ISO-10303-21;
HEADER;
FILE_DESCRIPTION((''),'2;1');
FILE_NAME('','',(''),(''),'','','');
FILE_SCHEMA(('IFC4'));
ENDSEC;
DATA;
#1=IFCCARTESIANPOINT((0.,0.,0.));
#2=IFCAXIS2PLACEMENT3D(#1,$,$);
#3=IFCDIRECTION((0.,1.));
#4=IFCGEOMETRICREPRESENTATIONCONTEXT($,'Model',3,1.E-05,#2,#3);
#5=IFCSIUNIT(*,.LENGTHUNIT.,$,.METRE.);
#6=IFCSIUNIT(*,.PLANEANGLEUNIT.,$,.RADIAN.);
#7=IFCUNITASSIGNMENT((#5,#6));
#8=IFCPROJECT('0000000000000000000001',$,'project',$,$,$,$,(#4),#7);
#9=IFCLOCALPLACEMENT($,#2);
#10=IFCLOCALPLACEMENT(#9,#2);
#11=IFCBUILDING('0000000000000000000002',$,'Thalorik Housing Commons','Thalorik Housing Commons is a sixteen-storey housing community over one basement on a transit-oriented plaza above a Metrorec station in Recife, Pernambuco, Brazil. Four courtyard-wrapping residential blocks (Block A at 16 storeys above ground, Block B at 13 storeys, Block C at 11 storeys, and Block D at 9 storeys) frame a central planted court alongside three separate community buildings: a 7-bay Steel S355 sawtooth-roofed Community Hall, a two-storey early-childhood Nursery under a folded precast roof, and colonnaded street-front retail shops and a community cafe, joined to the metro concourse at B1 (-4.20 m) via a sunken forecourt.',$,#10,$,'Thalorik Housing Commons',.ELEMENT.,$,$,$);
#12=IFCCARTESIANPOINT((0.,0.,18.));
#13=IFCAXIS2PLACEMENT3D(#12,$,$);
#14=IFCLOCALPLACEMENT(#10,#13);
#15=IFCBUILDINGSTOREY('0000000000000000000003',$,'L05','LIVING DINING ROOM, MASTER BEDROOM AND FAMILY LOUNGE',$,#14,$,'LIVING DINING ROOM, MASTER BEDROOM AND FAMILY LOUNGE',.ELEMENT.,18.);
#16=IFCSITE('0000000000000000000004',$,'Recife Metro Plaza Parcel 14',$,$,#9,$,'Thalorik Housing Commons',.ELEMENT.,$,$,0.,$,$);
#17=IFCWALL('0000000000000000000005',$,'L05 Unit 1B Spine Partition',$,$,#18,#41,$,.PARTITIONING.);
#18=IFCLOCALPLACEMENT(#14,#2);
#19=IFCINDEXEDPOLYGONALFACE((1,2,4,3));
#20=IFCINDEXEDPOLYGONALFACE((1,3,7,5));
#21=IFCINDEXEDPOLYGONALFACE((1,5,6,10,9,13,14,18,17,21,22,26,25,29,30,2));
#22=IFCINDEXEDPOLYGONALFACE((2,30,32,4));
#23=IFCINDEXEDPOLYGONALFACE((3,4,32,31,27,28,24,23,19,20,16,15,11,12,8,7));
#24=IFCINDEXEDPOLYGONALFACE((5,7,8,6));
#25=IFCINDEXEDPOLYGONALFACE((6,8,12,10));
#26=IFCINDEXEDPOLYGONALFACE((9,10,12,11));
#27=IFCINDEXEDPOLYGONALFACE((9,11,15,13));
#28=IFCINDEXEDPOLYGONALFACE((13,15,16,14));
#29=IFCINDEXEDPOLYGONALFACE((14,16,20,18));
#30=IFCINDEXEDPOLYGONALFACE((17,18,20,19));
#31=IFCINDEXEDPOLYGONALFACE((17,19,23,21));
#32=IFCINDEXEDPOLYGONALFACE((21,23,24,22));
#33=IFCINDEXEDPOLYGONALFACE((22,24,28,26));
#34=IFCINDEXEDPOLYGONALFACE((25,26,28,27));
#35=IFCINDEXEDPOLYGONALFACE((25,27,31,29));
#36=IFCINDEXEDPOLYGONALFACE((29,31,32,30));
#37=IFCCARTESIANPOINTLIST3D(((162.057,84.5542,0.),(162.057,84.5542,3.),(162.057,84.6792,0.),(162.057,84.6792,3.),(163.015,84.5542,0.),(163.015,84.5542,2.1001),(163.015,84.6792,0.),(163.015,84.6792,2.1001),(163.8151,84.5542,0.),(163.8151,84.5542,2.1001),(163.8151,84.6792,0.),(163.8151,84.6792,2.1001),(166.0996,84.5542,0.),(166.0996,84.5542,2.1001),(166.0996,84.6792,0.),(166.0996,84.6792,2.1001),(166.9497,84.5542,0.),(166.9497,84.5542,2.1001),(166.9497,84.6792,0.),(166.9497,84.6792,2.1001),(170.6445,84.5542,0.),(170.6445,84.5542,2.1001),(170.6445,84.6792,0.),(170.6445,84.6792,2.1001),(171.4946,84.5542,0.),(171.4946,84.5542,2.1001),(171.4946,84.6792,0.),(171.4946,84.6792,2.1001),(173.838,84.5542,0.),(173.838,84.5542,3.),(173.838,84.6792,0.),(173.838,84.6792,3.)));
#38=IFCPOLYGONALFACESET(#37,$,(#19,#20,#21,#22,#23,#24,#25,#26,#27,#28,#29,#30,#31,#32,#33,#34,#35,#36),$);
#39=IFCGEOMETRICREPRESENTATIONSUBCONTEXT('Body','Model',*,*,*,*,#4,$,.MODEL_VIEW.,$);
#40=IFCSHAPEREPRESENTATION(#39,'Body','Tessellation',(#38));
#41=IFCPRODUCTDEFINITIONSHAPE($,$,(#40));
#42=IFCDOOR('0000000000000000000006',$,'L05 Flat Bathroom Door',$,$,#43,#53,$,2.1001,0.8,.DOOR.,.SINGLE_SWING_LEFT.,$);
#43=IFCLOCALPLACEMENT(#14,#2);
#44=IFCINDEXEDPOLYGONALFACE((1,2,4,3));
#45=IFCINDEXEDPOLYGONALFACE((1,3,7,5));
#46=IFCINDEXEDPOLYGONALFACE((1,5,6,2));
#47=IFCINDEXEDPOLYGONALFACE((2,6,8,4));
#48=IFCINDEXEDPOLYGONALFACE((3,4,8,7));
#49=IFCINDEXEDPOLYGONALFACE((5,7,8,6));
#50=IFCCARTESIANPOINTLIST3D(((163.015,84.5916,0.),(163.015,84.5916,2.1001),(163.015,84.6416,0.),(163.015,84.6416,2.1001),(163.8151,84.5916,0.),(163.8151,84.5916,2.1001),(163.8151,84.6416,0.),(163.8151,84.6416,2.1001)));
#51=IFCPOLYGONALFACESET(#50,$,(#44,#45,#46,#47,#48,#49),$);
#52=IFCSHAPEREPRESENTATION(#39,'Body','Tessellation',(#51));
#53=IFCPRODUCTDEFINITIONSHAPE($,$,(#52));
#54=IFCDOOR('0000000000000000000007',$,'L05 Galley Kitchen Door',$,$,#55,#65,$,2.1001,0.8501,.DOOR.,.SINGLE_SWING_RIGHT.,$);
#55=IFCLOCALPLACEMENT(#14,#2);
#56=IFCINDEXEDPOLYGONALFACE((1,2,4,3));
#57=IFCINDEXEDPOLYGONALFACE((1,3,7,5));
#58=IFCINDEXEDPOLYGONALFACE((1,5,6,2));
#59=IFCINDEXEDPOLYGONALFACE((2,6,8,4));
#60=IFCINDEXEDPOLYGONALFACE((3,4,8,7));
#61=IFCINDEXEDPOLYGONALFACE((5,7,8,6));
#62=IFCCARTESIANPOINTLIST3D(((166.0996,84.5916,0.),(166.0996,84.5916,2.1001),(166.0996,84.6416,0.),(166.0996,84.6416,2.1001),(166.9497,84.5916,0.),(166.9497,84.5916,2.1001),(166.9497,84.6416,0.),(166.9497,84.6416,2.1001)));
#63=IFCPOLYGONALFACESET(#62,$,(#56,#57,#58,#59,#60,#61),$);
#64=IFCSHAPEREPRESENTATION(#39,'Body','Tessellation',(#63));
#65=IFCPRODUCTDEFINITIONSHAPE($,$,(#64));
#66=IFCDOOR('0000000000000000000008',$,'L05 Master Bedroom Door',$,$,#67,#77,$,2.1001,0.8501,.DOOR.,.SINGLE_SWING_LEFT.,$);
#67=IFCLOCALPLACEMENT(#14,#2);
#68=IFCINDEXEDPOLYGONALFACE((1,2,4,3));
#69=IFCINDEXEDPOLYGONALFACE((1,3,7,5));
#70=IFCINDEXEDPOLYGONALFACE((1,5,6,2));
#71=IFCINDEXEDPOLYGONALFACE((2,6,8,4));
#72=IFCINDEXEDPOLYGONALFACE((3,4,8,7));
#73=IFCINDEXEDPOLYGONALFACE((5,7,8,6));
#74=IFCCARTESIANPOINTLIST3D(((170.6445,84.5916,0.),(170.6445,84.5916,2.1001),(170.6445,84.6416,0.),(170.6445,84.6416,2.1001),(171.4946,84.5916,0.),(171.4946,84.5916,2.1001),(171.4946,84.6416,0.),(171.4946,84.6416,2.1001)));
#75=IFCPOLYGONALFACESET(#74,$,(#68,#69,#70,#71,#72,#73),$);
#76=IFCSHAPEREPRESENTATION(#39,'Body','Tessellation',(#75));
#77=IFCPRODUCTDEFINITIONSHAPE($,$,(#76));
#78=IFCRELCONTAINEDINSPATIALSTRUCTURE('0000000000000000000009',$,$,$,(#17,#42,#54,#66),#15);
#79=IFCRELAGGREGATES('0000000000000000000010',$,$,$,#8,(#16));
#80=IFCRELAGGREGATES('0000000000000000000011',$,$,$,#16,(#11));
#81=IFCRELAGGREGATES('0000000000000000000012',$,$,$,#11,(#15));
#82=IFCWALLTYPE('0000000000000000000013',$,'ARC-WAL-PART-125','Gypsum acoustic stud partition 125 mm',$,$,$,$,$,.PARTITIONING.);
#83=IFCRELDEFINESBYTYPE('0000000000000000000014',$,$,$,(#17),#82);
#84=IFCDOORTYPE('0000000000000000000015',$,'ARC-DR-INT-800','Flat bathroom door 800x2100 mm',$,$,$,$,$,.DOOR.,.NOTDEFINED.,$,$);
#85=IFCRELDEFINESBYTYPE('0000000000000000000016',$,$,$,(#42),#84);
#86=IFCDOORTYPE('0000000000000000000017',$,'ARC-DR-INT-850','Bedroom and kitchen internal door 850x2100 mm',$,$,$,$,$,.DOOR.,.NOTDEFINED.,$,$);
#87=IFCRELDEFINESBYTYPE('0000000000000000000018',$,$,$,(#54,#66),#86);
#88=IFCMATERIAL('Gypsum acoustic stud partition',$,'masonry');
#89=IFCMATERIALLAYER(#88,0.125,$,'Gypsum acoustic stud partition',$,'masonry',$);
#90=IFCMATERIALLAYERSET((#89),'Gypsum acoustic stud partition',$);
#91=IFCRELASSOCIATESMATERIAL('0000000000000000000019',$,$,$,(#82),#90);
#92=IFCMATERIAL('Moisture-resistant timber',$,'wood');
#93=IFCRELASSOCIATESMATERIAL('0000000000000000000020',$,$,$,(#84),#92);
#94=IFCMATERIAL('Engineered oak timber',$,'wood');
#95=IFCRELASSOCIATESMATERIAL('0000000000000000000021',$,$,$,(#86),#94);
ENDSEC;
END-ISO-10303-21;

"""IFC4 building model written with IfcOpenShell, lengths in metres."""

from ifc_helpers import new_model, si_unit, direction, frame, frame_2d, origin, place, context, subcontext, project, spatial, rectangle, extrude, material, layer, layer_set, type_object, element, fill, save


model = new_model("IFC4")

# Units and contexts
model_context = context("Model", 3, precision=1e-05, world=origin(), true_north=direction((0.0, 1.0)))
body_context = subcontext(model_context, "Body", "Model", "MODEL_VIEW")
ifc_project = project(units=[si_unit("LENGTHUNIT", "METRE"), si_unit("PLANEANGLEUNIT", "RADIAN")], contexts=[model_context])

# Site, building, storey
site_placement = place(None, origin())
site = spatial("IfcSite", under=ifc_project, at=site_placement, Name="Recife Metro Plaza Parcel 14", LongName="Thalorik Housing Commons", CompositionType="ELEMENT", RefElevation=0.0)
building_placement = place(site_placement, origin())
building = spatial("IfcBuilding", under=site, at=building_placement, Name="Thalorik Housing Commons", Description="Thalorik Housing Commons is a sixteen-storey housing community over one basement on a transit-oriented plaza above a Metrorec station in Recife, Pernambuco, Brazil. Four courtyard-wrapping residential blocks (Block A at 16 storeys above ground, Block B at 13 storeys, Block C at 11 storeys, and Block D at 9 storeys) frame a central planted court alongside three separate community buildings: a 7-bay Steel S355 sawtooth-roofed Community Hall, a two-storey early-childhood Nursery under a folded precast roof, and colonnaded street-front retail shops and a community cafe, joined to the metro concourse at B1 (-4.20 m) via a sunken forecourt.", LongName="Thalorik Housing Commons", CompositionType="ELEMENT")
storey_placement = place(building_placement, frame((0.0, 0.0, 18.0)))
storey = spatial("IfcBuildingStorey", under=building, at=storey_placement, Name="L05", Description="LIVING DINING ROOM, MASTER BEDROOM AND FAMILY LOUNGE", LongName="LIVING DINING ROOM, MASTER BEDROOM AND FAMILY LOUNGE", CompositionType="ELEMENT", Elevation=18.0)

# Wall, openings, doors
ifc_material_1 = material(Name="Gypsum acoustic stud partition", Category="masonry")
ifc_layer_1 = layer(ifc_material_1, 0.125, Name="Gypsum acoustic stud partition", Category="masonry")
ifc_layer_set_1 = layer_set([ifc_layer_1], Name="Gypsum acoustic stud partition")
wall_type_1 = type_object("IfcWallType", Name="ARC-WAL-PART-125", Description="Gypsum acoustic stud partition 125 mm", PredefinedType="PARTITIONING", material=ifc_layer_set_1)
wall_1_placement = place(storey_placement, frame((162.0569, 84.6167, 0.0), z_axis=(0.0, 0.0, 1.0), x_axis=(1.0, 0.0, 0.0)))
wall_1 = element("IfcWall", 1, at=wall_1_placement, inside=storey, type_object=wall_type_1, Name="L05 Unit 1B Spine Partition", PredefinedType="PARTITIONING", context=body_context, shape_type="SweptSolid", body=[
    extrude(rectangle(XDim=11.781, YDim=0.125, at=frame_2d((5.8906, 0.0))), origin(), (0.0, 0.0, 1.0), 3.0),
])
opening_1_placement = place(wall_1_placement, frame((0.9583, 0.0, 0.0)))
opening_1 = element("IfcOpeningElement", 2, at=opening_1_placement, cuts=wall_1, PredefinedType="OPENING", context=body_context, shape_type="SweptSolid", body=[
    extrude(rectangle(XDim=0.8, YDim=2.1001, at=frame_2d((0.3999, 1.05))), frame((0.0, 0.0725, 0.0), z_axis=(0.0, -1.0, 0.0), x_axis=(1.0, 0.0, 0.0)), (0.0, 0.0, 1.0), 0.145),
])
opening_2_placement = place(wall_1_placement, frame((4.0427, 0.0, 0.0)))
opening_2 = element("IfcOpeningElement", 3, at=opening_2_placement, cuts=wall_1, PredefinedType="OPENING", context=body_context, shape_type="SweptSolid", body=[
    extrude(rectangle(XDim=0.8501, YDim=2.1001, at=frame_2d((0.425, 1.05))), frame((0.0, 0.0725, 0.0), z_axis=(0.0, -1.0, 0.0), x_axis=(1.0, 0.0, 0.0)), (0.0, 0.0, 1.0), 0.145),
])
opening_3_placement = place(wall_1_placement, frame((8.5876, 0.0, 0.0)))
opening_3 = element("IfcOpeningElement", 4, at=opening_3_placement, cuts=wall_1, PredefinedType="OPENING", context=body_context, shape_type="SweptSolid", body=[
    extrude(rectangle(XDim=0.8501, YDim=2.1001, at=frame_2d((0.425, 1.05))), frame((0.0, 0.0725, 0.0), z_axis=(0.0, -1.0, 0.0), x_axis=(1.0, 0.0, 0.0)), (0.0, 0.0, 1.0), 0.145),
])
ifc_material_2 = material(Name="Moisture-resistant timber", Category="wood")
door_type_1 = type_object("IfcDoorType", Name="ARC-DR-INT-800", Description="Flat bathroom door 800x2100 mm", OperationType="NOTDEFINED", PredefinedType="DOOR", material=ifc_material_2)
door_1_placement = place(opening_1_placement, origin())
door_1 = element("IfcDoor", 5, at=door_1_placement, inside=storey, type_object=door_type_1, Name="L05 Flat Bathroom Door", OperationType="SINGLE_SWING_LEFT", OverallHeight=2.1001, OverallWidth=0.8, PredefinedType="DOOR", context=body_context, shape_type="SweptSolid", body=[
    extrude(rectangle(XDim=0.8, YDim=2.1001, at=frame_2d((0.3999, 1.05))), frame((0.0, 0.0249, 0.0), z_axis=(0.0, -1.0, 0.0), x_axis=(1.0, 0.0, 0.0)), (0.0, 0.0, 1.0), 0.05),
])
fill(opening_1, door_1)
ifc_material_3 = material(Name="Engineered oak timber", Category="wood")
door_type_2 = type_object("IfcDoorType", Name="ARC-DR-INT-850", Description="Bedroom and kitchen internal door 850x2100 mm", OperationType="NOTDEFINED", PredefinedType="DOOR", material=ifc_material_3)
door_2_placement = place(opening_2_placement, origin())
door_2 = element("IfcDoor", 6, at=door_2_placement, inside=storey, type_object=door_type_2, Name="L05 Galley Kitchen Door", OperationType="SINGLE_SWING_RIGHT", OverallHeight=2.1001, OverallWidth=0.8501, PredefinedType="DOOR", context=body_context, shape_type="SweptSolid", body=[
    extrude(rectangle(XDim=0.8501, YDim=2.1001, at=frame_2d((0.425, 1.05))), frame((0.0, 0.0249, 0.0), z_axis=(0.0, -1.0, 0.0), x_axis=(1.0, 0.0, 0.0)), (0.0, 0.0, 1.0), 0.05),
])
fill(opening_2, door_2)
door_3_placement = place(opening_3_placement, origin())
door_3 = element("IfcDoor", 7, at=door_3_placement, inside=storey, type_object=door_type_2, Name="L05 Master Bedroom Door", OperationType="SINGLE_SWING_LEFT", OverallHeight=2.1001, OverallWidth=0.8501, PredefinedType="DOOR", context=body_context, shape_type="SweptSolid", body=[
    extrude(rectangle(XDim=0.8501, YDim=2.1001, at=frame_2d((0.425, 1.05))), frame((0.0, 0.0249, 0.0), z_axis=(0.0, -1.0, 0.0), x_axis=(1.0, 0.0, 0.0)), (0.0, 0.0, 1.0), 0.05),
])
fill(opening_3, door_3)

save(model, "model.ifc")
